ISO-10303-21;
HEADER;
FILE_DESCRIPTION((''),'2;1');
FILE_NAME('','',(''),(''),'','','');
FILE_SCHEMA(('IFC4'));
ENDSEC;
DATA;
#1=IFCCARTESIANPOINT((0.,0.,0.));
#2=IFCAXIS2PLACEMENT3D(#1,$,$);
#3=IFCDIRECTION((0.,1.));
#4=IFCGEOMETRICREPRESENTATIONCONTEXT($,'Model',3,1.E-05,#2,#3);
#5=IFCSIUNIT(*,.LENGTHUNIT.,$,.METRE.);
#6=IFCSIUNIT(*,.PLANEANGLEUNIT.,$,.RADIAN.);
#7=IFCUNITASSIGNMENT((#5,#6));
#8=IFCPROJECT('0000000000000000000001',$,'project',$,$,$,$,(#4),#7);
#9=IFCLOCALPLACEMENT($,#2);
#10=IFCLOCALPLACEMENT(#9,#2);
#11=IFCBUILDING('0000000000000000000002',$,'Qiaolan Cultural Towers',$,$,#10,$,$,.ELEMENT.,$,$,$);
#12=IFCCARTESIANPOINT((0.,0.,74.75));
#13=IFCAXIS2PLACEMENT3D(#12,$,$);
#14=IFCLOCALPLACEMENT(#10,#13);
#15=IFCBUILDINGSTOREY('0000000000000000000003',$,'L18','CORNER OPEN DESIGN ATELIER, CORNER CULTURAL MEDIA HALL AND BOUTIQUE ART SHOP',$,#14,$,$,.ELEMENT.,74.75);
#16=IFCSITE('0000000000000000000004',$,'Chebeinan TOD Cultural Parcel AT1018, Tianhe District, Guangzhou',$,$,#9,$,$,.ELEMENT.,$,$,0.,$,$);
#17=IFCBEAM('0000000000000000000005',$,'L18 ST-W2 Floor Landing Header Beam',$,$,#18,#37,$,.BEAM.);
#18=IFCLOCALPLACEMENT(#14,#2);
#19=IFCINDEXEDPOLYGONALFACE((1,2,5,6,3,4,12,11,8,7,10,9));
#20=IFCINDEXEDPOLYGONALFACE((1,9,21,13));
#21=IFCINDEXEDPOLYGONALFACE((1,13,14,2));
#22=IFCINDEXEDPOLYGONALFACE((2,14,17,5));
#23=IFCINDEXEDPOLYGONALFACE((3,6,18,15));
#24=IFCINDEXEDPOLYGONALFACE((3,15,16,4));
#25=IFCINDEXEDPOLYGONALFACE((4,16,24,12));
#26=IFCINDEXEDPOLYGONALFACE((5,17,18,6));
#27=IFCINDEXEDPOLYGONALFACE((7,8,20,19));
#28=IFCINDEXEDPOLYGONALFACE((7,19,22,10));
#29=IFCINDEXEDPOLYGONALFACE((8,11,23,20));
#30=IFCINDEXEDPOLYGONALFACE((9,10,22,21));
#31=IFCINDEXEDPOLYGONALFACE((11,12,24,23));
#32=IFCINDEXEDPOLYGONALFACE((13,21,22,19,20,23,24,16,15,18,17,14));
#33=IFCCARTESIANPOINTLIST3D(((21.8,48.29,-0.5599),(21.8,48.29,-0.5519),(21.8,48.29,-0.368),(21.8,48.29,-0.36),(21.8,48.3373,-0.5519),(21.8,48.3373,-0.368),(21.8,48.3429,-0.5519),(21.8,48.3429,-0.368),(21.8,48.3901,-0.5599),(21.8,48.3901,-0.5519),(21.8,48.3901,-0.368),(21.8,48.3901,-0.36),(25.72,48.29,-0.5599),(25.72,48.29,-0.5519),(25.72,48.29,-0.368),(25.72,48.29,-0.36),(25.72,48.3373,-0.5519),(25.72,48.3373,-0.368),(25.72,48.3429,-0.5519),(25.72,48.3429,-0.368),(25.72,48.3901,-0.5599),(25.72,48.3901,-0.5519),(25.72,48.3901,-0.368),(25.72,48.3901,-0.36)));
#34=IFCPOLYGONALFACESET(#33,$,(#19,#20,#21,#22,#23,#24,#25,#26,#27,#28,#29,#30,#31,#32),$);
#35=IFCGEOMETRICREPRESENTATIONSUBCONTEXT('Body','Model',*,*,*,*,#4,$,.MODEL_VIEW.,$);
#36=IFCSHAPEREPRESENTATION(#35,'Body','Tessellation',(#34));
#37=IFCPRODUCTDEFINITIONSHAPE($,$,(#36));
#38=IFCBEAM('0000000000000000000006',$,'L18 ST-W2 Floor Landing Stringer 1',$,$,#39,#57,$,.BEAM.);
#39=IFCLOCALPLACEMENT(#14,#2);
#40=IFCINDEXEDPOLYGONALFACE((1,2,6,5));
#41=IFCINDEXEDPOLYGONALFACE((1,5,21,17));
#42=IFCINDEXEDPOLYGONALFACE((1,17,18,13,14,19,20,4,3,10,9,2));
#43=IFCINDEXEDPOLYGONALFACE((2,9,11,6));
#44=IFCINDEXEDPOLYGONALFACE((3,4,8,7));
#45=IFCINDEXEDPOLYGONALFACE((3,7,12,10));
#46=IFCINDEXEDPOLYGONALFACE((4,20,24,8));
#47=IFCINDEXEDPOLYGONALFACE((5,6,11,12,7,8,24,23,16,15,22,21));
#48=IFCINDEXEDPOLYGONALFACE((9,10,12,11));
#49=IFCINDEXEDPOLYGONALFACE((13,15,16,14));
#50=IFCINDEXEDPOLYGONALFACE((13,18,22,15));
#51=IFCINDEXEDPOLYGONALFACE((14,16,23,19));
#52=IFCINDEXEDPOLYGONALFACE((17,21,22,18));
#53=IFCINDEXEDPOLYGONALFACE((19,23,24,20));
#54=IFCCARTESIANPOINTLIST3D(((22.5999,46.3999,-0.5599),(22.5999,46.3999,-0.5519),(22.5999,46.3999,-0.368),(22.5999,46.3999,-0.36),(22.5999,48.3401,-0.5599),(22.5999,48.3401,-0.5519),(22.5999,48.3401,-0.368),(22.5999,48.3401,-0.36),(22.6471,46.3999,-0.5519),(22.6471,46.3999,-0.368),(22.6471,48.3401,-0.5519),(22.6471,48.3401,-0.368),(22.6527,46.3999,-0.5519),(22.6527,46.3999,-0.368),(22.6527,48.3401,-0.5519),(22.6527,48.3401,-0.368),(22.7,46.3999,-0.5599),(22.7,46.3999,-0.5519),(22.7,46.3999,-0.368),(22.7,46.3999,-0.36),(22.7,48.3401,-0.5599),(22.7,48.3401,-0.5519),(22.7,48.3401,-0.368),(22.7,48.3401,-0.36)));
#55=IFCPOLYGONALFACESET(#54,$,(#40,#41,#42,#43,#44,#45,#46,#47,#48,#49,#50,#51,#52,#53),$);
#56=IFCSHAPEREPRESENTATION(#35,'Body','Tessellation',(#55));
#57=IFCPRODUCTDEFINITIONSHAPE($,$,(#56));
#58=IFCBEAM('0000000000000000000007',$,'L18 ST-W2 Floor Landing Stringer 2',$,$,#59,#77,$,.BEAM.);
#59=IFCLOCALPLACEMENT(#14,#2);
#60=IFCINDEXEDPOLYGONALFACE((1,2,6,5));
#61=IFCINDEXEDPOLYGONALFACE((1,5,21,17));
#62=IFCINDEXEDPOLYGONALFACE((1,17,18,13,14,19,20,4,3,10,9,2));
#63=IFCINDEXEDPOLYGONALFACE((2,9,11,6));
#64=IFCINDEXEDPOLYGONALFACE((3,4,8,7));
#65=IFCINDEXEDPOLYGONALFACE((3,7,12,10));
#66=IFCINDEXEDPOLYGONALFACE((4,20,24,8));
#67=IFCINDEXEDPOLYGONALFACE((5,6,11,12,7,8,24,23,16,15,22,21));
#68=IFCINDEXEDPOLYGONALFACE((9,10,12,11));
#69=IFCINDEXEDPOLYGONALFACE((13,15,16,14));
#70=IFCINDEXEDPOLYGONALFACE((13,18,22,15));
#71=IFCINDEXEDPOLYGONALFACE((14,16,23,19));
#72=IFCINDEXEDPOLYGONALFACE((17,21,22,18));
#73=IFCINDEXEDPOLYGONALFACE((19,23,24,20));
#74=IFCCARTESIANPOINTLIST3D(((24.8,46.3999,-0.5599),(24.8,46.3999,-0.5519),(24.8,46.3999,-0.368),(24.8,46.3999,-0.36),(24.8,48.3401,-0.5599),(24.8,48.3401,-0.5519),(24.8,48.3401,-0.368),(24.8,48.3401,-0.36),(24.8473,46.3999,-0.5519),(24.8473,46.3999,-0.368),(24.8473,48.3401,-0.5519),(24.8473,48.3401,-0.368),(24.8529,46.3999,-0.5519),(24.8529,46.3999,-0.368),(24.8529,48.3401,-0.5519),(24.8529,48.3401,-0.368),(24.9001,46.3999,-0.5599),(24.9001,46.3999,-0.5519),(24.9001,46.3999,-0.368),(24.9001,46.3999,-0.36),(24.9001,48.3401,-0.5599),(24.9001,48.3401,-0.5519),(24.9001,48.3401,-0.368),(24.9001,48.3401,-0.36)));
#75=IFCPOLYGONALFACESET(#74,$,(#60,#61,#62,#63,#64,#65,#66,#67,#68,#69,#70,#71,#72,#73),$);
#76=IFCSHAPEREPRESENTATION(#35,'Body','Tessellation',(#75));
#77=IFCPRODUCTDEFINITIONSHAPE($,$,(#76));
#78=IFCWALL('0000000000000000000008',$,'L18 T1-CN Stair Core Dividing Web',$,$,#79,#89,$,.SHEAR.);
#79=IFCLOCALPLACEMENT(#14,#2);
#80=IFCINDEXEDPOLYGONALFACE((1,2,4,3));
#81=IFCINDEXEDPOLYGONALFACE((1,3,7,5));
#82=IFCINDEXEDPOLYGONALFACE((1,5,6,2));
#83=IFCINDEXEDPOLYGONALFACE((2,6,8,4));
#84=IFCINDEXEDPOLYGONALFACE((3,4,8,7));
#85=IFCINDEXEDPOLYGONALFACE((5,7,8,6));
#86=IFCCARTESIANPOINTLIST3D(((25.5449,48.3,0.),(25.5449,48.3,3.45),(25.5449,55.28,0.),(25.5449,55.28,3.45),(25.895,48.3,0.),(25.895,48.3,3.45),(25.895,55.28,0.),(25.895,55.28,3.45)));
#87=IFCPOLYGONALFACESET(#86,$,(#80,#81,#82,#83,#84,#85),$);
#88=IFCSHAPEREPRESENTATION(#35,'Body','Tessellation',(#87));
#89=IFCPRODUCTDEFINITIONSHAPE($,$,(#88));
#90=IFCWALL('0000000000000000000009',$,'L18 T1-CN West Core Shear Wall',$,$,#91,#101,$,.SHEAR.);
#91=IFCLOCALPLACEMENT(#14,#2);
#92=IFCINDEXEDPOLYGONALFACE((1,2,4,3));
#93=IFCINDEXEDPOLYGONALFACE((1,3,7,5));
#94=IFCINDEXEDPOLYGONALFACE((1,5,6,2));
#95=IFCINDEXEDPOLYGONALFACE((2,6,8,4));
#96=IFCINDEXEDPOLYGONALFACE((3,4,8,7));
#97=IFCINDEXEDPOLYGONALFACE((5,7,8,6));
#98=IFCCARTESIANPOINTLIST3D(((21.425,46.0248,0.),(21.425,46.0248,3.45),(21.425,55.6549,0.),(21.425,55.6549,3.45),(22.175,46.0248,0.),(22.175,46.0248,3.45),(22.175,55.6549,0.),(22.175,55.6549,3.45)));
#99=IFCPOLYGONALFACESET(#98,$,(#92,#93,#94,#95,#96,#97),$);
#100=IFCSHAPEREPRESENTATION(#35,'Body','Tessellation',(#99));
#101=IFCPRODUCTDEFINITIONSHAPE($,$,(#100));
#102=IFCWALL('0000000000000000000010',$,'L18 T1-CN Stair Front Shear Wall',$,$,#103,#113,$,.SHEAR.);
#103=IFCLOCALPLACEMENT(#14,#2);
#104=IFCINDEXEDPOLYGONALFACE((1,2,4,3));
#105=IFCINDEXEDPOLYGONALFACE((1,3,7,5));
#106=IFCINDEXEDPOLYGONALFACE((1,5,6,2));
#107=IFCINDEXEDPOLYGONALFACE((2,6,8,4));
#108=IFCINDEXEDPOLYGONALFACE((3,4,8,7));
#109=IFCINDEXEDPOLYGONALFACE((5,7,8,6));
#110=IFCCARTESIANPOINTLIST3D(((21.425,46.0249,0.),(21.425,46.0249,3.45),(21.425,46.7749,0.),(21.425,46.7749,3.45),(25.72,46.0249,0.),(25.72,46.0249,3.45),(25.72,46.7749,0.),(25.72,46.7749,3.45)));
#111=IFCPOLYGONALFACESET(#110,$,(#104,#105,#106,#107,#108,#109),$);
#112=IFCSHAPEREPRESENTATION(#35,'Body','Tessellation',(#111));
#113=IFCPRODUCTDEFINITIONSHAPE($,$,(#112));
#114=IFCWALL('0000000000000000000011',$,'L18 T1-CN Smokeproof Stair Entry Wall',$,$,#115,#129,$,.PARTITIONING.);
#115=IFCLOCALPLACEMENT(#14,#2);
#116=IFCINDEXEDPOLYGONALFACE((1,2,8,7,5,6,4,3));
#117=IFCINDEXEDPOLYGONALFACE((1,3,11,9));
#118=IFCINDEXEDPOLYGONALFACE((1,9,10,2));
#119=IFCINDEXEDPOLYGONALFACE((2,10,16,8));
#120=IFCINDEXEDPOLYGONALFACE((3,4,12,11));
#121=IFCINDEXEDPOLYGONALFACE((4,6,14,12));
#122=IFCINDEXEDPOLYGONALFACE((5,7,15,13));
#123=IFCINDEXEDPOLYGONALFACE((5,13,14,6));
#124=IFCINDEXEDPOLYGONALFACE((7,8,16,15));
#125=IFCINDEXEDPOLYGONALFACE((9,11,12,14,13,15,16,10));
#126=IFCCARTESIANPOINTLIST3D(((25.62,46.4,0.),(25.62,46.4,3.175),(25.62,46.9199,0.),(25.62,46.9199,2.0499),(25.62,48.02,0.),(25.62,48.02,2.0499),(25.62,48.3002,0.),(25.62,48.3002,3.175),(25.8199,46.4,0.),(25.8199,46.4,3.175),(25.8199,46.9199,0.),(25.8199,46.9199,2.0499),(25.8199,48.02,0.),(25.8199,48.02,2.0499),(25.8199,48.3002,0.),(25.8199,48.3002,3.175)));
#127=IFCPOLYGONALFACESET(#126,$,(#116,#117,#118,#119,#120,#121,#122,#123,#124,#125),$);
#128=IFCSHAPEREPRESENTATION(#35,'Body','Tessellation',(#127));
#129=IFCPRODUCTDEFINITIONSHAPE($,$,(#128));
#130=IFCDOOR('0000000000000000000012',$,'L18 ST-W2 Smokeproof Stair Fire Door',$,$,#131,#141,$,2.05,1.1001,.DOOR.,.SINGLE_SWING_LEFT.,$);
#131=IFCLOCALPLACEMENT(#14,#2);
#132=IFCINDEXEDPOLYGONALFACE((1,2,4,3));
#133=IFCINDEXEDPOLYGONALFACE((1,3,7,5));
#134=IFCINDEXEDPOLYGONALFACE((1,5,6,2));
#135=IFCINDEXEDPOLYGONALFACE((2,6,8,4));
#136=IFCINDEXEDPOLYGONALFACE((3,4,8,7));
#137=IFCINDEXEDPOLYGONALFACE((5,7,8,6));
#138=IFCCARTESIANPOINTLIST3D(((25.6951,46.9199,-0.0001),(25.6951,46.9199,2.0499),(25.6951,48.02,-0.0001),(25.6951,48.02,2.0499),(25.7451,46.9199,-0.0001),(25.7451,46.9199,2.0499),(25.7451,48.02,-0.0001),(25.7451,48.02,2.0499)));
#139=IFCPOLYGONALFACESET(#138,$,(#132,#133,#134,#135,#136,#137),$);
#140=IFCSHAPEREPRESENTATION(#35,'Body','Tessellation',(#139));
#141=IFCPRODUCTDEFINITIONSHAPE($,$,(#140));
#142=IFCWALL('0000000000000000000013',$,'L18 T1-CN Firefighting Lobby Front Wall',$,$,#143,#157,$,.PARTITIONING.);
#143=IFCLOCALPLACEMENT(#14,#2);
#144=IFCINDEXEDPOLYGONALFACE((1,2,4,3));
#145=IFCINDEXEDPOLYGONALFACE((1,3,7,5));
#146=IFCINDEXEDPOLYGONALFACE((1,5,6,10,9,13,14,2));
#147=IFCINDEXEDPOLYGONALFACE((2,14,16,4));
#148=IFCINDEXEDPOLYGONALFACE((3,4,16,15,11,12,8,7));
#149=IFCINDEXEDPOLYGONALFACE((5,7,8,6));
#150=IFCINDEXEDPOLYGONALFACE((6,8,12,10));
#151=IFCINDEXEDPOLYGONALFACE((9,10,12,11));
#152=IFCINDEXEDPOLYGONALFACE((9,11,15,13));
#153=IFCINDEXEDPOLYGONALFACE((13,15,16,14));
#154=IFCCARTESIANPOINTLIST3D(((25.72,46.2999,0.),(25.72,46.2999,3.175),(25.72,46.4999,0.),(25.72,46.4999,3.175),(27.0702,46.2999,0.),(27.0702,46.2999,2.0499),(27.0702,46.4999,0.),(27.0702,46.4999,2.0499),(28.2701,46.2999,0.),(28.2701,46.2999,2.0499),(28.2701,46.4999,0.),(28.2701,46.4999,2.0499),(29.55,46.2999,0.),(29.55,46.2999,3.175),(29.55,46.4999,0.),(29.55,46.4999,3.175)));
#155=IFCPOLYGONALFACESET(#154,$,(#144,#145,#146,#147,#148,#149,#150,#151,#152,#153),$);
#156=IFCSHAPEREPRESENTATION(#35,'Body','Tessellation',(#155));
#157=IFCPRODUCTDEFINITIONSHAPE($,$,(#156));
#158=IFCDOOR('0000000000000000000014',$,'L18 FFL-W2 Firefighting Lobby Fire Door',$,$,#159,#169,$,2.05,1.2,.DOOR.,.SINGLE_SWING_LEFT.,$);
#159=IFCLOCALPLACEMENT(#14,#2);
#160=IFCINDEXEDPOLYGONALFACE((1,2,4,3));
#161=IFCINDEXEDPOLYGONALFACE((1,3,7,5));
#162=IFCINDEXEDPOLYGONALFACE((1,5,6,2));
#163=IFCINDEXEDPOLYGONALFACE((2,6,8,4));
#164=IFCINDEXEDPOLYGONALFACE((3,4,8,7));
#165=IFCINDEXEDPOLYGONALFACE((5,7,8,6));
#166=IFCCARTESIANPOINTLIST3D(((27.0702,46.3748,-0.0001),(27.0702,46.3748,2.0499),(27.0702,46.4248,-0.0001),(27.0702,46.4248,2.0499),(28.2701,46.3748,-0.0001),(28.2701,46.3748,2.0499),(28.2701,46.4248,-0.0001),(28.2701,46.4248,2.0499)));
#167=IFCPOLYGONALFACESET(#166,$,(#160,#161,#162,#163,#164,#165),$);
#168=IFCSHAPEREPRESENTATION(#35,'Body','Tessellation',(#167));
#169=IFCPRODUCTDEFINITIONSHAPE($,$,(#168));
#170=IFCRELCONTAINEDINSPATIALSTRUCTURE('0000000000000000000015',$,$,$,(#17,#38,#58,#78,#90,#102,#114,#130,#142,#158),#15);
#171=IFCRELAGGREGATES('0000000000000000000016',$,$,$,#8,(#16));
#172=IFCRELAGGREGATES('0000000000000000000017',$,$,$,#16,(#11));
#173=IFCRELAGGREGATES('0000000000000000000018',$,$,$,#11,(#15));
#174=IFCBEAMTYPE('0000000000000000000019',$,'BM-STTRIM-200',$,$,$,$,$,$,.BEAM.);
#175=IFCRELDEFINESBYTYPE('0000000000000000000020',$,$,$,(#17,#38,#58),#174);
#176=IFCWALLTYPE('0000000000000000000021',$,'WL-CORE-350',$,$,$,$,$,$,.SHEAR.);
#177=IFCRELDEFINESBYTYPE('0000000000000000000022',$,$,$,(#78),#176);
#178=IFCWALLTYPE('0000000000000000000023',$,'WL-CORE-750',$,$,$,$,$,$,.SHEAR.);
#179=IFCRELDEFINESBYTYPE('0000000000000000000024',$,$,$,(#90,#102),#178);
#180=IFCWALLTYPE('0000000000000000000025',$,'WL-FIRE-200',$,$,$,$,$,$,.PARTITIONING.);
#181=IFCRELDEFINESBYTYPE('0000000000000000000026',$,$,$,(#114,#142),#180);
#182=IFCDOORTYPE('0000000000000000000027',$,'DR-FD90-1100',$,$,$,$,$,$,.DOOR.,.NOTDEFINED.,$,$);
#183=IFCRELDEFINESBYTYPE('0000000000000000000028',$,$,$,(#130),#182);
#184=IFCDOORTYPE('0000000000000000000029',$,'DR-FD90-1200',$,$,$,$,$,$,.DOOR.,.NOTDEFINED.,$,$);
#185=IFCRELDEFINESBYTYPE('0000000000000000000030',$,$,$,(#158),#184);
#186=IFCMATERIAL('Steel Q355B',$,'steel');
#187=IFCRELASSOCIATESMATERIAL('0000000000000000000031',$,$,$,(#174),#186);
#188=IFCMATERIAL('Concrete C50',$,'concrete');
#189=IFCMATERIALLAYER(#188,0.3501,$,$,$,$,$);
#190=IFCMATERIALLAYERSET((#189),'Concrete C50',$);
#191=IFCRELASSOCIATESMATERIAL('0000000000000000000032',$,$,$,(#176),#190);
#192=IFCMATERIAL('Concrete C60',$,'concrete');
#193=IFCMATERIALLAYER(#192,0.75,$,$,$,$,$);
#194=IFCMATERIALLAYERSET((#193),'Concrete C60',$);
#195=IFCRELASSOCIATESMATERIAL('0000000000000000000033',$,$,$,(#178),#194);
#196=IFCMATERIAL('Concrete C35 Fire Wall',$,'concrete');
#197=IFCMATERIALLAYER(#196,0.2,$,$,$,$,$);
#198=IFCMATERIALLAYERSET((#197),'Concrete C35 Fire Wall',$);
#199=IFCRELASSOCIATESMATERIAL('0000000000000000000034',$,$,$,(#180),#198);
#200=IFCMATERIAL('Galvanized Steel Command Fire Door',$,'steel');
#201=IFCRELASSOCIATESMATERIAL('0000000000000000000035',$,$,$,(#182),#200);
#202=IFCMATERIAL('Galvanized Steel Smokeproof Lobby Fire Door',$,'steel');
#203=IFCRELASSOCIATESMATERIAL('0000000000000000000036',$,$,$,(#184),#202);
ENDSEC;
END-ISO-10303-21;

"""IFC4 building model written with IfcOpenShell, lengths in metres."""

from ifc_helpers import new_model, si_unit, direction, frame, frame_2d, origin, origin_2d, place, context, subcontext, project, spatial, rectangle, i_section, extrude, material, layer, layer_set, material_profile, profile_set, type_object, element, fill, save


model = new_model("IFC4")

# Units and contexts
model_context = context("Model", 3, precision=1e-05, world=origin(), true_north=direction((0.0, 1.0)))
body_context = subcontext(model_context, "Body", "Model", "MODEL_VIEW")
ifc_project = project(units=[si_unit("LENGTHUNIT", "METRE"), si_unit("PLANEANGLEUNIT", "RADIAN")], contexts=[model_context])

# Site, building, storey
site_placement = place(None, origin())
site = spatial("IfcSite", under=ifc_project, at=site_placement, Name="Chebeinan TOD Cultural Parcel AT1018, Tianhe District, Guangzhou", CompositionType="ELEMENT", RefElevation=0.0)
building_placement = place(site_placement, origin())
building = spatial("IfcBuilding", under=site, at=building_placement, Name="Qiaolan Cultural Towers", CompositionType="ELEMENT")
storey_placement = place(building_placement, frame((0.0, 0.0, 74.75)))
storey = spatial("IfcBuildingStorey", under=building, at=storey_placement, Name="L18", Description="CORNER OPEN DESIGN ATELIER, CORNER CULTURAL MEDIA HALL AND BOUTIQUE ART SHOP", CompositionType="ELEMENT", Elevation=74.75)

# Beams
ifc_material_1 = material(Name="Steel Q355B", Category="steel")
ifc_material_profile_1 = material_profile(ifc_material_1, i_section(OverallWidth=0.1001, OverallDepth=0.2, WebThickness=0.0056, FlangeThickness=0.0081, at=origin_2d()), Name="HN200x100x5.5x8")
ifc_profile_set_1 = profile_set([ifc_material_profile_1], Name="Steel Q355B")
beam_type_1 = type_object("IfcBeamType", Name="BM-STTRIM-200", PredefinedType="BEAM", material=ifc_profile_set_1)
beam_1_placement = place(storey_placement, frame((21.8, 48.3401, -0.46), z_axis=(1.0, 0.0, 0.0), x_axis=(0.0, 1.0, 0.0)))
element("IfcBeam", 1, at=beam_1_placement, inside=storey, type_object=beam_type_1, Name="L18 ST-W2 Floor Landing Header Beam", PredefinedType="BEAM", context=body_context, shape_type="SweptSolid", body=[
    extrude(i_section(OverallWidth=0.1001, OverallDepth=0.2, WebThickness=0.0056, FlangeThickness=0.0081, at=origin_2d()), origin(), (0.0, 0.0, 1.0), 3.9199),
])
for number, where, z_axis, x_axis, name in (
    (2, (22.6499, 46.3999, -0.46), (0.0, 1.0, 0.0), (-1.0, 0.0, 0.0), "L18 ST-W2 Floor Landing Stringer 1"),
    (3, (24.8501, 46.3999, -0.46), (0.0, 1.0, 0.0), (-1.0, 0.0, 0.0), "L18 ST-W2 Floor Landing Stringer 2"),
):
    element("IfcBeam", number, at=place(storey_placement, frame(where, z_axis=z_axis, x_axis=x_axis)), inside=storey, type_object=beam_type_1, Name=name, PredefinedType="BEAM", context=body_context, shape_type="SweptSolid", body=[
        extrude(i_section(OverallWidth=0.1001, OverallDepth=0.2, WebThickness=0.0056, FlangeThickness=0.0081, at=origin_2d()), origin(), (0.0, 0.0, 1.0), 1.9402),
    ])

# Walls
ifc_material_2 = material(Name="Concrete C50", Category="concrete")
ifc_layer_1 = layer(ifc_material_2, 0.3501)
ifc_layer_set_1 = layer_set([ifc_layer_1], Name="Concrete C50")
wall_type_1 = type_object("IfcWallType", Name="WL-CORE-350", PredefinedType="SHEAR", material=ifc_layer_set_1)
wall_1_placement = place(storey_placement, frame((25.72, 48.3, 0.0), z_axis=(0.0, 0.0, 1.0), x_axis=(0.0, 1.0, 0.0)))
element("IfcWall", 4, at=wall_1_placement, inside=storey, type_object=wall_type_1, Name="L18 T1-CN Stair Core Dividing Web", PredefinedType="SHEAR", context=body_context, shape_type="SweptSolid", body=[
    extrude(rectangle(XDim=6.98, YDim=0.3501, at=frame_2d((3.49, 0.0))), origin(), (0.0, 0.0, 1.0), 3.45),
])
ifc_material_3 = material(Name="Concrete C60", Category="concrete")
ifc_layer_2 = layer(ifc_material_3, 0.75)
ifc_layer_set_2 = layer_set([ifc_layer_2], Name="Concrete C60")
wall_type_2 = type_object("IfcWallType", Name="WL-CORE-750", PredefinedType="SHEAR", material=ifc_layer_set_2)
wall_2_placement = place(storey_placement, frame((21.8, 46.0249, 0.0), z_axis=(0.0, 0.0, 1.0), x_axis=(0.0, 1.0, 0.0)))
element("IfcWall", 5, at=wall_2_placement, inside=storey, type_object=wall_type_2, Name="L18 T1-CN West Core Shear Wall", PredefinedType="SHEAR", context=body_context, shape_type="SweptSolid", body=[
    extrude(rectangle(XDim=9.6301, YDim=0.75, at=frame_2d((4.8149, 0.0))), origin(), (0.0, 0.0, 1.0), 3.45),
])
wall_3_placement = place(storey_placement, frame((21.425, 46.3999, 0.0), z_axis=(0.0, 0.0, 1.0), x_axis=(1.0, 0.0, 0.0)))
element("IfcWall", 6, at=wall_3_placement, inside=storey, type_object=wall_type_2, Name="L18 T1-CN Stair Front Shear Wall", PredefinedType="SHEAR", context=body_context, shape_type="SweptSolid", body=[
    extrude(rectangle(XDim=4.2949, YDim=0.75, at=frame_2d((2.1475, 0.0))), origin(), (0.0, 0.0, 1.0), 3.45),
])

# Walls, openings, doors
ifc_material_4 = material(Name="Concrete C35 Fire Wall", Category="concrete")
ifc_layer_3 = layer(ifc_material_4, 0.2)
ifc_layer_set_3 = layer_set([ifc_layer_3], Name="Concrete C35 Fire Wall")
wall_type_3 = type_object("IfcWallType", Name="WL-FIRE-200", PredefinedType="PARTITIONING", material=ifc_layer_set_3)
wall_4_placement = place(storey_placement, frame((25.72, 46.3999, 0.0), z_axis=(0.0, 0.0, 1.0), x_axis=(0.0, 1.0, 0.0)))
wall_4 = element("IfcWall", 7, at=wall_4_placement, inside=storey, type_object=wall_type_3, Name="L18 T1-CN Smokeproof Stair Entry Wall", PredefinedType="PARTITIONING", context=body_context, shape_type="SweptSolid", body=[
    extrude(rectangle(XDim=1.9001, YDim=0.2, at=frame_2d((0.9502, 0.0))), origin(), (0.0, 0.0, 1.0), 3.175),
])
opening_1_placement = place(wall_4_placement, frame((0.52, 0.0, 0.0)))
opening_1 = element("IfcOpeningElement", 8, at=opening_1_placement, cuts=wall_4, PredefinedType="OPENING", context=body_context, shape_type="SweptSolid", body=[
    extrude(rectangle(XDim=1.1001, YDim=2.05, at=frame_2d((0.55, 1.0249))), frame((0.0, 0.1099, 0.0), z_axis=(0.0, -1.0, 0.0), x_axis=(1.0, 0.0, 0.0)), (0.0, 0.0, 1.0), 0.22),
])
ifc_material_5 = material(Name="Galvanized Steel Command Fire Door", Category="steel")
door_type_1 = type_object("IfcDoorType", Name="DR-FD90-1100", OperationType="NOTDEFINED", PredefinedType="DOOR", material=ifc_material_5)
door_1_placement = place(opening_1_placement, origin())
door_1 = element("IfcDoor", 9, at=door_1_placement, inside=storey, type_object=door_type_1, Name="L18 ST-W2 Smokeproof Stair Fire Door", OperationType="SINGLE_SWING_LEFT", OverallHeight=2.05, OverallWidth=1.1001, PredefinedType="DOOR", context=body_context, shape_type="SweptSolid", body=[
    extrude(rectangle(XDim=1.1001, YDim=2.05, at=frame_2d((0.55, 1.0249))), frame((0.0, 0.0249, 0.0), z_axis=(0.0, -1.0, 0.0), x_axis=(1.0, 0.0, 0.0)), (0.0, 0.0, 1.0), 0.05),
])
fill(opening_1, door_1)
wall_5_placement = place(storey_placement, frame((25.72, 46.3999, 0.0), z_axis=(0.0, 0.0, 1.0), x_axis=(1.0, 0.0, 0.0)))
wall_5 = element("IfcWall", 10, at=wall_5_placement, inside=storey, type_object=wall_type_3, Name="L18 T1-CN Firefighting Lobby Front Wall", PredefinedType="PARTITIONING", context=body_context, shape_type="SweptSolid", body=[
    extrude(rectangle(XDim=3.8301, YDim=0.2, at=frame_2d((1.915, 0.0))), origin(), (0.0, 0.0, 1.0), 3.175),
])
opening_2_placement = place(wall_5_placement, frame((1.3501, 0.0, 0.0)))
opening_2 = element("IfcOpeningElement", 11, at=opening_2_placement, cuts=wall_5, PredefinedType="OPENING", context=body_context, shape_type="SweptSolid", body=[
    extrude(rectangle(XDim=1.2, YDim=2.05, at=frame_2d((0.6001, 1.0249))), frame((0.0, 0.1099, 0.0), z_axis=(0.0, -1.0, 0.0), x_axis=(1.0, 0.0, 0.0)), (0.0, 0.0, 1.0), 0.22),
])
ifc_material_6 = material(Name="Galvanized Steel Smokeproof Lobby Fire Door", Category="steel")
door_type_2 = type_object("IfcDoorType", Name="DR-FD90-1200", OperationType="NOTDEFINED", PredefinedType="DOOR", material=ifc_material_6)
door_2_placement = place(opening_2_placement, origin())
door_2 = element("IfcDoor", 12, at=door_2_placement, inside=storey, type_object=door_type_2, Name="L18 FFL-W2 Firefighting Lobby Fire Door", OperationType="SINGLE_SWING_LEFT", OverallHeight=2.05, OverallWidth=1.2, PredefinedType="DOOR", context=body_context, shape_type="SweptSolid", body=[
    extrude(rectangle(XDim=1.2, YDim=2.05, at=frame_2d((0.6001, 1.0249))), frame((0.0, 0.0249, 0.0), z_axis=(0.0, -1.0, 0.0), x_axis=(1.0, 0.0, 0.0)), (0.0, 0.0, 1.0), 0.05),
])
fill(opening_2, door_2)

save(model, "model.ifc")
